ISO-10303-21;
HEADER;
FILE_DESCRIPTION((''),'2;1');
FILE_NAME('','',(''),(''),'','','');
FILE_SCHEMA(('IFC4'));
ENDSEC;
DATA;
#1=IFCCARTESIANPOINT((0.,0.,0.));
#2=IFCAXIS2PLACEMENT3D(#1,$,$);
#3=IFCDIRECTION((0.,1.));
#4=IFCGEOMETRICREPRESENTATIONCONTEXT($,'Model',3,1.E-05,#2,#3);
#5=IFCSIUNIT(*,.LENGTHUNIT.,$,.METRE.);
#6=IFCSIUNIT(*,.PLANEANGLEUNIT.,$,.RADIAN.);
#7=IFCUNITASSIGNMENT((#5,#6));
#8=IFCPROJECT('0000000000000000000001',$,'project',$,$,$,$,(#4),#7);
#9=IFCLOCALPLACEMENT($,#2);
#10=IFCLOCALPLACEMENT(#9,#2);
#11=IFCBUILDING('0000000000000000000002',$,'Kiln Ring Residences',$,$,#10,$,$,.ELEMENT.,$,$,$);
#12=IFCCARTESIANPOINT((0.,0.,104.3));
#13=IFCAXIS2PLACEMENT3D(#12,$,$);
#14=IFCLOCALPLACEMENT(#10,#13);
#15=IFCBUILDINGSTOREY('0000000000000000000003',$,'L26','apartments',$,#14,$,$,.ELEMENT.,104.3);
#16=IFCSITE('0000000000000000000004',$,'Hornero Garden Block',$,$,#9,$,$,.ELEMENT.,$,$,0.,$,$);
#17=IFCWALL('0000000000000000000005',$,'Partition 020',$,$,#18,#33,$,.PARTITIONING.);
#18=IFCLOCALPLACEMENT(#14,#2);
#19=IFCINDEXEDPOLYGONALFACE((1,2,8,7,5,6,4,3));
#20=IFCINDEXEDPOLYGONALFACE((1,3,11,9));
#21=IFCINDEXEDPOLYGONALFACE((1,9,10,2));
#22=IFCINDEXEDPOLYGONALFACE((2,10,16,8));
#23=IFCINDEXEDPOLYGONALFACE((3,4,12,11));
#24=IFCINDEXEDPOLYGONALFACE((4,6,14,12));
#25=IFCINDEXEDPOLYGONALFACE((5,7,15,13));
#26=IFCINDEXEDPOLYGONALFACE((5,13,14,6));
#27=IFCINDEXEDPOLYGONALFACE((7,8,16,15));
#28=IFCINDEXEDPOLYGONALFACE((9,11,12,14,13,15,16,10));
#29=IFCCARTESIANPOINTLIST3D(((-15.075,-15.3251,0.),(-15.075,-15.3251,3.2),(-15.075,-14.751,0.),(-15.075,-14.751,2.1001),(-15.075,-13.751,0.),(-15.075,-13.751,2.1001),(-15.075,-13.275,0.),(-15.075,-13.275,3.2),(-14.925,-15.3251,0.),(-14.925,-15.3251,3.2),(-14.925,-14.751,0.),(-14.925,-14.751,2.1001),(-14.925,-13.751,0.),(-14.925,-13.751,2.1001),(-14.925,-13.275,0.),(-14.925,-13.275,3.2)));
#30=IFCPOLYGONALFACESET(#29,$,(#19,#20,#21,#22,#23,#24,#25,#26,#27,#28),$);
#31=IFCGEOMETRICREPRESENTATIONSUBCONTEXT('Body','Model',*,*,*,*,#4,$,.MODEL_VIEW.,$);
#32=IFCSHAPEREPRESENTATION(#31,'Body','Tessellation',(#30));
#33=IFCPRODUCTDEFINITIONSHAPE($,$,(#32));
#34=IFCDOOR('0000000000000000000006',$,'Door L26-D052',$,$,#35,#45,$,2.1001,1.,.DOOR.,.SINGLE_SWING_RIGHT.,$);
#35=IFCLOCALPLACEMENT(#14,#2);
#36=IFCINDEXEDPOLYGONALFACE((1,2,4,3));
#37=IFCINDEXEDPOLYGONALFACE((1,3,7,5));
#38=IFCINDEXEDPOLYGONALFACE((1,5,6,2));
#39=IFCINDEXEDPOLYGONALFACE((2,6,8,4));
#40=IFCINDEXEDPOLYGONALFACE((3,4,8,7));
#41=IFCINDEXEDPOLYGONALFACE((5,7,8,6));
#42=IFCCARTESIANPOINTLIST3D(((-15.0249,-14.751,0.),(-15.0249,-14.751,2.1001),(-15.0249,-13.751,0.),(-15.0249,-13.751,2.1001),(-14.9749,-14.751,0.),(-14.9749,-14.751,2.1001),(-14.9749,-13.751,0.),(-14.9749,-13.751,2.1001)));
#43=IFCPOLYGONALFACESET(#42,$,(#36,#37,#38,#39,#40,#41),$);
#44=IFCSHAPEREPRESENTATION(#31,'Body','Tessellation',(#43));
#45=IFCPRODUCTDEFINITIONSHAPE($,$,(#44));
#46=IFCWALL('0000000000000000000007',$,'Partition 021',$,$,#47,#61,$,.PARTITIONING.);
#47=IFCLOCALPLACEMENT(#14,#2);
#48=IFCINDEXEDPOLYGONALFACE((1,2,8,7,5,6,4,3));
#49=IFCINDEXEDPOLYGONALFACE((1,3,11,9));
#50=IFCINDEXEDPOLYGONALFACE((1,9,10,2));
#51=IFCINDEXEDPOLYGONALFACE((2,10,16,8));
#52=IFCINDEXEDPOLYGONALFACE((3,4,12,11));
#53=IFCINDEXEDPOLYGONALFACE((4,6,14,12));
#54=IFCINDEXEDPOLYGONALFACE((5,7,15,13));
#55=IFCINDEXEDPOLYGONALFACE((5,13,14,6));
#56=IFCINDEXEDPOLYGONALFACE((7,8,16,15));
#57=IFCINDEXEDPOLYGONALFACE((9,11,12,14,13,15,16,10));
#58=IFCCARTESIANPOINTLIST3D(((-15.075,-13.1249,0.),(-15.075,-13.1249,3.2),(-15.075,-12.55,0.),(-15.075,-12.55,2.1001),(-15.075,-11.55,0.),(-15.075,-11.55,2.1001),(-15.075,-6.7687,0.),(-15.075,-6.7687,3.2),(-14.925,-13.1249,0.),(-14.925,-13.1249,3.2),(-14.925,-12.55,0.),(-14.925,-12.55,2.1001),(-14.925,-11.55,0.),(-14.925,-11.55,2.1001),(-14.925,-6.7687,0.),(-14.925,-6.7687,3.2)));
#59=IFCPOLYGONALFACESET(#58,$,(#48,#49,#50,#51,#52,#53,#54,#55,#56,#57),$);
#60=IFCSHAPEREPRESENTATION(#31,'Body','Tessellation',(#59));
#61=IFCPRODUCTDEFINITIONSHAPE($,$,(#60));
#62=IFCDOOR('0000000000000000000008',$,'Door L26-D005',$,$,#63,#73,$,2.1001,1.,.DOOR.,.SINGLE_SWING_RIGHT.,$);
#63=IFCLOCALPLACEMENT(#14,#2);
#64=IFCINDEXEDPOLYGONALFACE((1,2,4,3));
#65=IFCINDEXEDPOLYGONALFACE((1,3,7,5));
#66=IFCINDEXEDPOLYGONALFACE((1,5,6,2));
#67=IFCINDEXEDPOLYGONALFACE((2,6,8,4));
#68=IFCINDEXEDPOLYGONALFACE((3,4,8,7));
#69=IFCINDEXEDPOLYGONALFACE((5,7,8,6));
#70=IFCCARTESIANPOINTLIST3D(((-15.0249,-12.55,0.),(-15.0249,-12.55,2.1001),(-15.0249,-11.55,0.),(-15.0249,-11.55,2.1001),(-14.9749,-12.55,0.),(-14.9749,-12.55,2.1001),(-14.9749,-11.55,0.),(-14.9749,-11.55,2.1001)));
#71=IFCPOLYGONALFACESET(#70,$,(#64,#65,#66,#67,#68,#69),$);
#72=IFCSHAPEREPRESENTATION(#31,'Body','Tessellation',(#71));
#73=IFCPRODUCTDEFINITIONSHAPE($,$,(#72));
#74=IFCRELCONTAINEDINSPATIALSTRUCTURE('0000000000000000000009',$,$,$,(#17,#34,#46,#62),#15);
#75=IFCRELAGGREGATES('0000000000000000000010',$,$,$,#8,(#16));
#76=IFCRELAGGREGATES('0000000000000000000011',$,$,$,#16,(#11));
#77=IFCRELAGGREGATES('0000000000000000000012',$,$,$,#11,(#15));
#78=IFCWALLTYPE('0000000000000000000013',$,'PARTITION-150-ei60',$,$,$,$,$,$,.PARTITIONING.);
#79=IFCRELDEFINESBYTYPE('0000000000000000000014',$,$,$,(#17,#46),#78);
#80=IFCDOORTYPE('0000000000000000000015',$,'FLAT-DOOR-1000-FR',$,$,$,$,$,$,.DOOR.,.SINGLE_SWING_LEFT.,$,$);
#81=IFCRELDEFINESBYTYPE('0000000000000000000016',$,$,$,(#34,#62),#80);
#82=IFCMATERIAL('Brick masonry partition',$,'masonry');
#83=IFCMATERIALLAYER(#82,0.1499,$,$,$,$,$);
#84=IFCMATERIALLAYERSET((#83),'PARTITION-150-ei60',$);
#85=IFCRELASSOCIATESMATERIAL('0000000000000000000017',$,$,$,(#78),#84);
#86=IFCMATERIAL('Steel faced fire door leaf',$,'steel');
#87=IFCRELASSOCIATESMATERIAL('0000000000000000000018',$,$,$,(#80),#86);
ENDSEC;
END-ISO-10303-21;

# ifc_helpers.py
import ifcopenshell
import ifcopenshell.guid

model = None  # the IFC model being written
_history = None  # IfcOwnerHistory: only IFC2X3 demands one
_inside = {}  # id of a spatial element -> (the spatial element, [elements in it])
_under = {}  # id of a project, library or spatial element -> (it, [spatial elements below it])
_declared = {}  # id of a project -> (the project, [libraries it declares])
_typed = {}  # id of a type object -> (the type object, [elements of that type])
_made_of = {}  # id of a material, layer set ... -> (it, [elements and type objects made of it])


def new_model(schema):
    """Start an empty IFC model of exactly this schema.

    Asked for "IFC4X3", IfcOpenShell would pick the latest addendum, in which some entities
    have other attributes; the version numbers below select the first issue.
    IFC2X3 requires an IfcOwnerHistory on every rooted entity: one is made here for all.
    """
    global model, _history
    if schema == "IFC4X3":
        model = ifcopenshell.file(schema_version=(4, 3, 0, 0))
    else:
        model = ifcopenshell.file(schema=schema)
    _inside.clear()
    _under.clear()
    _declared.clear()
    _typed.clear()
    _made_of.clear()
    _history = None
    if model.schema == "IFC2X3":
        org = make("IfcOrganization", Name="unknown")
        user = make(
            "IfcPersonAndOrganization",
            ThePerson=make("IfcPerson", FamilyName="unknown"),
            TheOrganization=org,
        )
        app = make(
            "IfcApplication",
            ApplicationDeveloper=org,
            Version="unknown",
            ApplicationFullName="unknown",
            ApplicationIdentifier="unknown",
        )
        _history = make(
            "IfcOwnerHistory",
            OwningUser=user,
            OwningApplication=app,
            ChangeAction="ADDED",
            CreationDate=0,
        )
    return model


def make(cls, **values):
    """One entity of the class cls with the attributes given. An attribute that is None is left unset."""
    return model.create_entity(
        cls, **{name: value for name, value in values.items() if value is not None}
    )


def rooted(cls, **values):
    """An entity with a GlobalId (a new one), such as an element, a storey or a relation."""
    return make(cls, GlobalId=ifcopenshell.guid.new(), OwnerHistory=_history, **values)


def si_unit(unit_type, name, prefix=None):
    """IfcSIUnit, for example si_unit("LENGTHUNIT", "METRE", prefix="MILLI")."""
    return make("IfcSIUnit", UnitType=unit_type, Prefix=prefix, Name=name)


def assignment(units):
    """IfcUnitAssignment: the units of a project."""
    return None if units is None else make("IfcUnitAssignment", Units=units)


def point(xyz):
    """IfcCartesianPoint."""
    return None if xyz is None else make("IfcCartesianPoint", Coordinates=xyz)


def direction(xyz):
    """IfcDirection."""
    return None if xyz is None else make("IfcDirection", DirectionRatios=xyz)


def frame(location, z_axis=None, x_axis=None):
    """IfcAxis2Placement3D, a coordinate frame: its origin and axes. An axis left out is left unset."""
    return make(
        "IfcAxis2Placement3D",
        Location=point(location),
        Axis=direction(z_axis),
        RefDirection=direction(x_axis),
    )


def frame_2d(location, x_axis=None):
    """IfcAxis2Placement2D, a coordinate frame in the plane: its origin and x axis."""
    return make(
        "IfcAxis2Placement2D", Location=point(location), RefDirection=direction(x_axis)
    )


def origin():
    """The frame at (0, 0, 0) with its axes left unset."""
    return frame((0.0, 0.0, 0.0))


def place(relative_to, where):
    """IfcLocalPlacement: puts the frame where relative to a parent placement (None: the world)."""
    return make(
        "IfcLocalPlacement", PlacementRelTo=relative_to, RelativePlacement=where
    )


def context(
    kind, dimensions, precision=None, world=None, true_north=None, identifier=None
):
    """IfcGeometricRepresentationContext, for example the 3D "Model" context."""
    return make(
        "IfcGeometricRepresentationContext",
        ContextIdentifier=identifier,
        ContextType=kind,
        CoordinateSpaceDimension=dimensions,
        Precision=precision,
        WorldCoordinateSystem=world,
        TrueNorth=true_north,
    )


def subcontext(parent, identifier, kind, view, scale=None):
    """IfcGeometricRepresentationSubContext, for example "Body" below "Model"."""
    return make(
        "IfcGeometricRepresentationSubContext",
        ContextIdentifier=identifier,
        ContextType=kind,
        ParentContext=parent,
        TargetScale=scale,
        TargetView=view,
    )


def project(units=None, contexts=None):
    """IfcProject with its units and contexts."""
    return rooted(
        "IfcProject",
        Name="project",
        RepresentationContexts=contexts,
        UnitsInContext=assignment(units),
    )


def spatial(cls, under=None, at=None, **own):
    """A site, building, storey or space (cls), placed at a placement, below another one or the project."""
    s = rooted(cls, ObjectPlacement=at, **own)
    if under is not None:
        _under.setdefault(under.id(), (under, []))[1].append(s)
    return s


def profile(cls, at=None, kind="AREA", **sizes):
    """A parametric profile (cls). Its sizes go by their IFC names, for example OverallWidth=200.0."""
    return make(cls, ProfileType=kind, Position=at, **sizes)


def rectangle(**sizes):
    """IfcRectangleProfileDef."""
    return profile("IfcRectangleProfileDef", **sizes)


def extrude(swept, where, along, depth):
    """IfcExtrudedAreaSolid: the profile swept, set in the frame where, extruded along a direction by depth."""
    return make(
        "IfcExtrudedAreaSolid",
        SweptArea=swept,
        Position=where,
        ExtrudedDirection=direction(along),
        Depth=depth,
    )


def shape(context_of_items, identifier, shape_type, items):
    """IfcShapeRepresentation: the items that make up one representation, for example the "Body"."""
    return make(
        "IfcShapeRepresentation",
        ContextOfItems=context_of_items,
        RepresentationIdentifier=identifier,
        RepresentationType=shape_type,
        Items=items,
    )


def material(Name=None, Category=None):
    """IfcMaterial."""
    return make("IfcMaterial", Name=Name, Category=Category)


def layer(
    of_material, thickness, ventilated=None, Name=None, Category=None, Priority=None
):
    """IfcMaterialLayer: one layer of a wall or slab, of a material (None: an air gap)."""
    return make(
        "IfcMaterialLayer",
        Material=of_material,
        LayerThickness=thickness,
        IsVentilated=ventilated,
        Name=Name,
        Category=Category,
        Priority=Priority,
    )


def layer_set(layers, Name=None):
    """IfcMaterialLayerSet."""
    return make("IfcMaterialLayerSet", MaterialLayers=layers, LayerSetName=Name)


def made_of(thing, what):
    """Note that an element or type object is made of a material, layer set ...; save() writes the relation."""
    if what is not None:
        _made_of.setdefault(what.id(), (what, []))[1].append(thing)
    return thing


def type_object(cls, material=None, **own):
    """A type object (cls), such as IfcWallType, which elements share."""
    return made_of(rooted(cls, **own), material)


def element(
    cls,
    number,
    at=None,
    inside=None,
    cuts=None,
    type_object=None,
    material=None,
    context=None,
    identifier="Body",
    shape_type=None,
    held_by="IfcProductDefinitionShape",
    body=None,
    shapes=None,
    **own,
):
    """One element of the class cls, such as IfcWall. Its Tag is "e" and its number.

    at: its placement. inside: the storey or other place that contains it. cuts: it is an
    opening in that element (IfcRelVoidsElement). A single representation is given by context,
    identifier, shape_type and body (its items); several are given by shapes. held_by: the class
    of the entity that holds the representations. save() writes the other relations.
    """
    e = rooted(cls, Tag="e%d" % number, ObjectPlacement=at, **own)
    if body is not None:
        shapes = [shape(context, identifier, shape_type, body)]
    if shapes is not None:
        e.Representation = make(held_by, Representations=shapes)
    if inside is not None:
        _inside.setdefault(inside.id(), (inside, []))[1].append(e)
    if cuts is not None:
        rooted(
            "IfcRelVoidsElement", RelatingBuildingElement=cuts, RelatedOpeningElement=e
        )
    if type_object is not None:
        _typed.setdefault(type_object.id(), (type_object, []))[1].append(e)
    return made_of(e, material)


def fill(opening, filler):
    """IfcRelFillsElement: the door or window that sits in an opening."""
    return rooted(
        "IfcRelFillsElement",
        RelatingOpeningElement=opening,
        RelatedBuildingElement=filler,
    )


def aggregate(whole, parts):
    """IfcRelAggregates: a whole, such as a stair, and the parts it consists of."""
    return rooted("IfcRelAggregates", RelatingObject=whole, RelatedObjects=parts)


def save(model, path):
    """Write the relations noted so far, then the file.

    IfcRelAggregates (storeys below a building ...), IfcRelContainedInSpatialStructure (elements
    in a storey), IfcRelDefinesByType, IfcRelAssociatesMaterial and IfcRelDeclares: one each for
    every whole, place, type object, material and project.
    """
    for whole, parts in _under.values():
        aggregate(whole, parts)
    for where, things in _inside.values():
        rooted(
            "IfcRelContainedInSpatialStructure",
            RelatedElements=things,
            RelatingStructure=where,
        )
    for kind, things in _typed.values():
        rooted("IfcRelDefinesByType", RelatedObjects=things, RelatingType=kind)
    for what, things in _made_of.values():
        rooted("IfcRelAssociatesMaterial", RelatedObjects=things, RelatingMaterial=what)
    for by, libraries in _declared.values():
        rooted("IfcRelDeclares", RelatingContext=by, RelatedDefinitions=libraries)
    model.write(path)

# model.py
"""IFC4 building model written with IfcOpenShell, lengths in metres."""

from ifc_helpers import new_model, si_unit, direction, frame, frame_2d, origin, place, context, subcontext, project, spatial, rectangle, extrude, material, layer, layer_set, type_object, element, fill, save


model = new_model("IFC4")

# Units and contexts
model_context = context("Model", 3, precision=1e-05, world=origin(), true_north=direction((0.0, 1.0)))
body_context = subcontext(model_context, "Body", "Model", "MODEL_VIEW")
ifc_project = project(units=[si_unit("LENGTHUNIT", "METRE"), si_unit("PLANEANGLEUNIT", "RADIAN")], contexts=[model_context])

# Site, building, storey
site_placement = place(None, origin())
site = spatial("IfcSite", under=ifc_project, at=site_placement, Name="Hornero Garden Block", CompositionType="ELEMENT", RefElevation=0.0)
building_placement = place(site_placement, origin())
building = spatial("IfcBuilding", under=site, at=building_placement, Name="Kiln Ring Residences", CompositionType="ELEMENT")
storey_placement = place(building_placement, frame((0.0, 0.0, 104.3)))
storey = spatial("IfcBuildingStorey", under=building, at=storey_placement, Name="L26", Description="apartments", CompositionType="ELEMENT", Elevation=104.3)

# Shared definitions
ifc_material_1 = material(Name="Brick masonry partition", Category="masonry")
ifc_layer_1 = layer(ifc_material_1, 0.1499)
ifc_layer_set_1 = layer_set([ifc_layer_1], Name="PARTITION-150-ei60")
wall_type_1 = type_object("IfcWallType", Name="PARTITION-150-ei60", PredefinedType="PARTITIONING", material=ifc_layer_set_1)
ifc_material_2 = material(Name="Steel faced fire door leaf", Category="steel")
door_type = type_object("IfcDoorType", Name="FLAT-DOOR-1000-FR", OperationType="SINGLE_SWING_LEFT", PredefinedType="DOOR", material=ifc_material_2)

# Walls, openings, doors
wall_1_placement = place(storey_placement, frame((-15.0, -15.325, 0.0), z_axis=(0.0, 0.0, 1.0), x_axis=(0.0, 1.0, 0.0)))
wall_1 = element("IfcWall", 1, at=wall_1_placement, inside=storey, type_object=wall_type_1, Name="Partition 020", PredefinedType="PARTITIONING", context=body_context, shape_type="SweptSolid", body=[
    extrude(rectangle(XDim=2.05, YDim=0.1499, at=frame_2d((1.0249, 0.0))), origin(), (0.0, 0.0, 1.0), 3.2),
])
opening_1_placement = place(wall_1_placement, frame((0.574, 0.0, 0.0)))
opening_1 = element("IfcOpeningElement", 2, at=opening_1_placement, cuts=wall_1, PredefinedType="OPENING", context=body_context, shape_type="SweptSolid", body=[
    extrude(rectangle(XDim=1.0, YDim=2.1001, at=frame_2d((0.5, 1.05))), frame((0.0, 0.085, 0.0), z_axis=(0.0, -1.0, 0.0), x_axis=(1.0, 0.0, 0.0)), (0.0, 0.0, 1.0), 0.1699),
])
door_1_placement = place(opening_1_placement, origin())
door_1 = element("IfcDoor", 3, at=door_1_placement, inside=storey, type_object=door_type, Name="Door L26-D052", OperationType="SINGLE_SWING_RIGHT", OverallHeight=2.1001, OverallWidth=1.0, PredefinedType="DOOR", context=body_context, shape_type="SweptSolid", body=[
    extrude(rectangle(XDim=1.0, YDim=2.1001, at=frame_2d((0.5, 1.05))), frame((0.0, 0.0249, 0.0), z_axis=(0.0, -1.0, 0.0), x_axis=(1.0, 0.0, 0.0)), (0.0, 0.0, 1.0), 0.05),
])
fill(opening_1, door_1)
wall_2_placement = place(storey_placement, frame((-15.0, -13.125, 0.0), z_axis=(0.0, 0.0, 1.0), x_axis=(0.0, 1.0, 0.0)))
wall_2 = element("IfcWall", 4, at=wall_2_placement, inside=storey, type_object=wall_type_1, Name="Partition 021", PredefinedType="PARTITIONING", context=body_context, shape_type="SweptSolid", body=[
    extrude(rectangle(XDim=6.3562, YDim=0.1499, at=frame_2d((3.1782, 0.0))), origin(), (0.0, 0.0, 1.0), 3.2),
])
opening_2_placement = place(wall_2_placement, frame((0.575, 0.0, 0.0)))
opening_2 = element("IfcOpeningElement", 5, at=opening_2_placement, cuts=wall_2, PredefinedType="OPENING", context=body_context, shape_type="SweptSolid", body=[
    extrude(rectangle(XDim=1.0, YDim=2.1001, at=frame_2d((0.5, 1.05))), frame((0.0, 0.085, 0.0), z_axis=(0.0, -1.0, 0.0), x_axis=(1.0, 0.0, 0.0)), (0.0, 0.0, 1.0), 0.1699),
])
door_2_placement = place(opening_2_placement, origin())
door_2 = element("IfcDoor", 6, at=door_2_placement, inside=storey, type_object=door_type, Name="Door L26-D005", OperationType="SINGLE_SWING_RIGHT", OverallHeight=2.1001, OverallWidth=1.0, PredefinedType="DOOR", context=body_context, shape_type="SweptSolid", body=[
    extrude(rectangle(XDim=1.0, YDim=2.1001, at=frame_2d((0.5, 1.05))), frame((0.0, 0.0249, 0.0), z_axis=(0.0, -1.0, 0.0), x_axis=(1.0, 0.0, 0.0)), (0.0, 0.0, 1.0), 0.05),
])
fill(opening_2, door_2)

save(model, "model.ifc")
